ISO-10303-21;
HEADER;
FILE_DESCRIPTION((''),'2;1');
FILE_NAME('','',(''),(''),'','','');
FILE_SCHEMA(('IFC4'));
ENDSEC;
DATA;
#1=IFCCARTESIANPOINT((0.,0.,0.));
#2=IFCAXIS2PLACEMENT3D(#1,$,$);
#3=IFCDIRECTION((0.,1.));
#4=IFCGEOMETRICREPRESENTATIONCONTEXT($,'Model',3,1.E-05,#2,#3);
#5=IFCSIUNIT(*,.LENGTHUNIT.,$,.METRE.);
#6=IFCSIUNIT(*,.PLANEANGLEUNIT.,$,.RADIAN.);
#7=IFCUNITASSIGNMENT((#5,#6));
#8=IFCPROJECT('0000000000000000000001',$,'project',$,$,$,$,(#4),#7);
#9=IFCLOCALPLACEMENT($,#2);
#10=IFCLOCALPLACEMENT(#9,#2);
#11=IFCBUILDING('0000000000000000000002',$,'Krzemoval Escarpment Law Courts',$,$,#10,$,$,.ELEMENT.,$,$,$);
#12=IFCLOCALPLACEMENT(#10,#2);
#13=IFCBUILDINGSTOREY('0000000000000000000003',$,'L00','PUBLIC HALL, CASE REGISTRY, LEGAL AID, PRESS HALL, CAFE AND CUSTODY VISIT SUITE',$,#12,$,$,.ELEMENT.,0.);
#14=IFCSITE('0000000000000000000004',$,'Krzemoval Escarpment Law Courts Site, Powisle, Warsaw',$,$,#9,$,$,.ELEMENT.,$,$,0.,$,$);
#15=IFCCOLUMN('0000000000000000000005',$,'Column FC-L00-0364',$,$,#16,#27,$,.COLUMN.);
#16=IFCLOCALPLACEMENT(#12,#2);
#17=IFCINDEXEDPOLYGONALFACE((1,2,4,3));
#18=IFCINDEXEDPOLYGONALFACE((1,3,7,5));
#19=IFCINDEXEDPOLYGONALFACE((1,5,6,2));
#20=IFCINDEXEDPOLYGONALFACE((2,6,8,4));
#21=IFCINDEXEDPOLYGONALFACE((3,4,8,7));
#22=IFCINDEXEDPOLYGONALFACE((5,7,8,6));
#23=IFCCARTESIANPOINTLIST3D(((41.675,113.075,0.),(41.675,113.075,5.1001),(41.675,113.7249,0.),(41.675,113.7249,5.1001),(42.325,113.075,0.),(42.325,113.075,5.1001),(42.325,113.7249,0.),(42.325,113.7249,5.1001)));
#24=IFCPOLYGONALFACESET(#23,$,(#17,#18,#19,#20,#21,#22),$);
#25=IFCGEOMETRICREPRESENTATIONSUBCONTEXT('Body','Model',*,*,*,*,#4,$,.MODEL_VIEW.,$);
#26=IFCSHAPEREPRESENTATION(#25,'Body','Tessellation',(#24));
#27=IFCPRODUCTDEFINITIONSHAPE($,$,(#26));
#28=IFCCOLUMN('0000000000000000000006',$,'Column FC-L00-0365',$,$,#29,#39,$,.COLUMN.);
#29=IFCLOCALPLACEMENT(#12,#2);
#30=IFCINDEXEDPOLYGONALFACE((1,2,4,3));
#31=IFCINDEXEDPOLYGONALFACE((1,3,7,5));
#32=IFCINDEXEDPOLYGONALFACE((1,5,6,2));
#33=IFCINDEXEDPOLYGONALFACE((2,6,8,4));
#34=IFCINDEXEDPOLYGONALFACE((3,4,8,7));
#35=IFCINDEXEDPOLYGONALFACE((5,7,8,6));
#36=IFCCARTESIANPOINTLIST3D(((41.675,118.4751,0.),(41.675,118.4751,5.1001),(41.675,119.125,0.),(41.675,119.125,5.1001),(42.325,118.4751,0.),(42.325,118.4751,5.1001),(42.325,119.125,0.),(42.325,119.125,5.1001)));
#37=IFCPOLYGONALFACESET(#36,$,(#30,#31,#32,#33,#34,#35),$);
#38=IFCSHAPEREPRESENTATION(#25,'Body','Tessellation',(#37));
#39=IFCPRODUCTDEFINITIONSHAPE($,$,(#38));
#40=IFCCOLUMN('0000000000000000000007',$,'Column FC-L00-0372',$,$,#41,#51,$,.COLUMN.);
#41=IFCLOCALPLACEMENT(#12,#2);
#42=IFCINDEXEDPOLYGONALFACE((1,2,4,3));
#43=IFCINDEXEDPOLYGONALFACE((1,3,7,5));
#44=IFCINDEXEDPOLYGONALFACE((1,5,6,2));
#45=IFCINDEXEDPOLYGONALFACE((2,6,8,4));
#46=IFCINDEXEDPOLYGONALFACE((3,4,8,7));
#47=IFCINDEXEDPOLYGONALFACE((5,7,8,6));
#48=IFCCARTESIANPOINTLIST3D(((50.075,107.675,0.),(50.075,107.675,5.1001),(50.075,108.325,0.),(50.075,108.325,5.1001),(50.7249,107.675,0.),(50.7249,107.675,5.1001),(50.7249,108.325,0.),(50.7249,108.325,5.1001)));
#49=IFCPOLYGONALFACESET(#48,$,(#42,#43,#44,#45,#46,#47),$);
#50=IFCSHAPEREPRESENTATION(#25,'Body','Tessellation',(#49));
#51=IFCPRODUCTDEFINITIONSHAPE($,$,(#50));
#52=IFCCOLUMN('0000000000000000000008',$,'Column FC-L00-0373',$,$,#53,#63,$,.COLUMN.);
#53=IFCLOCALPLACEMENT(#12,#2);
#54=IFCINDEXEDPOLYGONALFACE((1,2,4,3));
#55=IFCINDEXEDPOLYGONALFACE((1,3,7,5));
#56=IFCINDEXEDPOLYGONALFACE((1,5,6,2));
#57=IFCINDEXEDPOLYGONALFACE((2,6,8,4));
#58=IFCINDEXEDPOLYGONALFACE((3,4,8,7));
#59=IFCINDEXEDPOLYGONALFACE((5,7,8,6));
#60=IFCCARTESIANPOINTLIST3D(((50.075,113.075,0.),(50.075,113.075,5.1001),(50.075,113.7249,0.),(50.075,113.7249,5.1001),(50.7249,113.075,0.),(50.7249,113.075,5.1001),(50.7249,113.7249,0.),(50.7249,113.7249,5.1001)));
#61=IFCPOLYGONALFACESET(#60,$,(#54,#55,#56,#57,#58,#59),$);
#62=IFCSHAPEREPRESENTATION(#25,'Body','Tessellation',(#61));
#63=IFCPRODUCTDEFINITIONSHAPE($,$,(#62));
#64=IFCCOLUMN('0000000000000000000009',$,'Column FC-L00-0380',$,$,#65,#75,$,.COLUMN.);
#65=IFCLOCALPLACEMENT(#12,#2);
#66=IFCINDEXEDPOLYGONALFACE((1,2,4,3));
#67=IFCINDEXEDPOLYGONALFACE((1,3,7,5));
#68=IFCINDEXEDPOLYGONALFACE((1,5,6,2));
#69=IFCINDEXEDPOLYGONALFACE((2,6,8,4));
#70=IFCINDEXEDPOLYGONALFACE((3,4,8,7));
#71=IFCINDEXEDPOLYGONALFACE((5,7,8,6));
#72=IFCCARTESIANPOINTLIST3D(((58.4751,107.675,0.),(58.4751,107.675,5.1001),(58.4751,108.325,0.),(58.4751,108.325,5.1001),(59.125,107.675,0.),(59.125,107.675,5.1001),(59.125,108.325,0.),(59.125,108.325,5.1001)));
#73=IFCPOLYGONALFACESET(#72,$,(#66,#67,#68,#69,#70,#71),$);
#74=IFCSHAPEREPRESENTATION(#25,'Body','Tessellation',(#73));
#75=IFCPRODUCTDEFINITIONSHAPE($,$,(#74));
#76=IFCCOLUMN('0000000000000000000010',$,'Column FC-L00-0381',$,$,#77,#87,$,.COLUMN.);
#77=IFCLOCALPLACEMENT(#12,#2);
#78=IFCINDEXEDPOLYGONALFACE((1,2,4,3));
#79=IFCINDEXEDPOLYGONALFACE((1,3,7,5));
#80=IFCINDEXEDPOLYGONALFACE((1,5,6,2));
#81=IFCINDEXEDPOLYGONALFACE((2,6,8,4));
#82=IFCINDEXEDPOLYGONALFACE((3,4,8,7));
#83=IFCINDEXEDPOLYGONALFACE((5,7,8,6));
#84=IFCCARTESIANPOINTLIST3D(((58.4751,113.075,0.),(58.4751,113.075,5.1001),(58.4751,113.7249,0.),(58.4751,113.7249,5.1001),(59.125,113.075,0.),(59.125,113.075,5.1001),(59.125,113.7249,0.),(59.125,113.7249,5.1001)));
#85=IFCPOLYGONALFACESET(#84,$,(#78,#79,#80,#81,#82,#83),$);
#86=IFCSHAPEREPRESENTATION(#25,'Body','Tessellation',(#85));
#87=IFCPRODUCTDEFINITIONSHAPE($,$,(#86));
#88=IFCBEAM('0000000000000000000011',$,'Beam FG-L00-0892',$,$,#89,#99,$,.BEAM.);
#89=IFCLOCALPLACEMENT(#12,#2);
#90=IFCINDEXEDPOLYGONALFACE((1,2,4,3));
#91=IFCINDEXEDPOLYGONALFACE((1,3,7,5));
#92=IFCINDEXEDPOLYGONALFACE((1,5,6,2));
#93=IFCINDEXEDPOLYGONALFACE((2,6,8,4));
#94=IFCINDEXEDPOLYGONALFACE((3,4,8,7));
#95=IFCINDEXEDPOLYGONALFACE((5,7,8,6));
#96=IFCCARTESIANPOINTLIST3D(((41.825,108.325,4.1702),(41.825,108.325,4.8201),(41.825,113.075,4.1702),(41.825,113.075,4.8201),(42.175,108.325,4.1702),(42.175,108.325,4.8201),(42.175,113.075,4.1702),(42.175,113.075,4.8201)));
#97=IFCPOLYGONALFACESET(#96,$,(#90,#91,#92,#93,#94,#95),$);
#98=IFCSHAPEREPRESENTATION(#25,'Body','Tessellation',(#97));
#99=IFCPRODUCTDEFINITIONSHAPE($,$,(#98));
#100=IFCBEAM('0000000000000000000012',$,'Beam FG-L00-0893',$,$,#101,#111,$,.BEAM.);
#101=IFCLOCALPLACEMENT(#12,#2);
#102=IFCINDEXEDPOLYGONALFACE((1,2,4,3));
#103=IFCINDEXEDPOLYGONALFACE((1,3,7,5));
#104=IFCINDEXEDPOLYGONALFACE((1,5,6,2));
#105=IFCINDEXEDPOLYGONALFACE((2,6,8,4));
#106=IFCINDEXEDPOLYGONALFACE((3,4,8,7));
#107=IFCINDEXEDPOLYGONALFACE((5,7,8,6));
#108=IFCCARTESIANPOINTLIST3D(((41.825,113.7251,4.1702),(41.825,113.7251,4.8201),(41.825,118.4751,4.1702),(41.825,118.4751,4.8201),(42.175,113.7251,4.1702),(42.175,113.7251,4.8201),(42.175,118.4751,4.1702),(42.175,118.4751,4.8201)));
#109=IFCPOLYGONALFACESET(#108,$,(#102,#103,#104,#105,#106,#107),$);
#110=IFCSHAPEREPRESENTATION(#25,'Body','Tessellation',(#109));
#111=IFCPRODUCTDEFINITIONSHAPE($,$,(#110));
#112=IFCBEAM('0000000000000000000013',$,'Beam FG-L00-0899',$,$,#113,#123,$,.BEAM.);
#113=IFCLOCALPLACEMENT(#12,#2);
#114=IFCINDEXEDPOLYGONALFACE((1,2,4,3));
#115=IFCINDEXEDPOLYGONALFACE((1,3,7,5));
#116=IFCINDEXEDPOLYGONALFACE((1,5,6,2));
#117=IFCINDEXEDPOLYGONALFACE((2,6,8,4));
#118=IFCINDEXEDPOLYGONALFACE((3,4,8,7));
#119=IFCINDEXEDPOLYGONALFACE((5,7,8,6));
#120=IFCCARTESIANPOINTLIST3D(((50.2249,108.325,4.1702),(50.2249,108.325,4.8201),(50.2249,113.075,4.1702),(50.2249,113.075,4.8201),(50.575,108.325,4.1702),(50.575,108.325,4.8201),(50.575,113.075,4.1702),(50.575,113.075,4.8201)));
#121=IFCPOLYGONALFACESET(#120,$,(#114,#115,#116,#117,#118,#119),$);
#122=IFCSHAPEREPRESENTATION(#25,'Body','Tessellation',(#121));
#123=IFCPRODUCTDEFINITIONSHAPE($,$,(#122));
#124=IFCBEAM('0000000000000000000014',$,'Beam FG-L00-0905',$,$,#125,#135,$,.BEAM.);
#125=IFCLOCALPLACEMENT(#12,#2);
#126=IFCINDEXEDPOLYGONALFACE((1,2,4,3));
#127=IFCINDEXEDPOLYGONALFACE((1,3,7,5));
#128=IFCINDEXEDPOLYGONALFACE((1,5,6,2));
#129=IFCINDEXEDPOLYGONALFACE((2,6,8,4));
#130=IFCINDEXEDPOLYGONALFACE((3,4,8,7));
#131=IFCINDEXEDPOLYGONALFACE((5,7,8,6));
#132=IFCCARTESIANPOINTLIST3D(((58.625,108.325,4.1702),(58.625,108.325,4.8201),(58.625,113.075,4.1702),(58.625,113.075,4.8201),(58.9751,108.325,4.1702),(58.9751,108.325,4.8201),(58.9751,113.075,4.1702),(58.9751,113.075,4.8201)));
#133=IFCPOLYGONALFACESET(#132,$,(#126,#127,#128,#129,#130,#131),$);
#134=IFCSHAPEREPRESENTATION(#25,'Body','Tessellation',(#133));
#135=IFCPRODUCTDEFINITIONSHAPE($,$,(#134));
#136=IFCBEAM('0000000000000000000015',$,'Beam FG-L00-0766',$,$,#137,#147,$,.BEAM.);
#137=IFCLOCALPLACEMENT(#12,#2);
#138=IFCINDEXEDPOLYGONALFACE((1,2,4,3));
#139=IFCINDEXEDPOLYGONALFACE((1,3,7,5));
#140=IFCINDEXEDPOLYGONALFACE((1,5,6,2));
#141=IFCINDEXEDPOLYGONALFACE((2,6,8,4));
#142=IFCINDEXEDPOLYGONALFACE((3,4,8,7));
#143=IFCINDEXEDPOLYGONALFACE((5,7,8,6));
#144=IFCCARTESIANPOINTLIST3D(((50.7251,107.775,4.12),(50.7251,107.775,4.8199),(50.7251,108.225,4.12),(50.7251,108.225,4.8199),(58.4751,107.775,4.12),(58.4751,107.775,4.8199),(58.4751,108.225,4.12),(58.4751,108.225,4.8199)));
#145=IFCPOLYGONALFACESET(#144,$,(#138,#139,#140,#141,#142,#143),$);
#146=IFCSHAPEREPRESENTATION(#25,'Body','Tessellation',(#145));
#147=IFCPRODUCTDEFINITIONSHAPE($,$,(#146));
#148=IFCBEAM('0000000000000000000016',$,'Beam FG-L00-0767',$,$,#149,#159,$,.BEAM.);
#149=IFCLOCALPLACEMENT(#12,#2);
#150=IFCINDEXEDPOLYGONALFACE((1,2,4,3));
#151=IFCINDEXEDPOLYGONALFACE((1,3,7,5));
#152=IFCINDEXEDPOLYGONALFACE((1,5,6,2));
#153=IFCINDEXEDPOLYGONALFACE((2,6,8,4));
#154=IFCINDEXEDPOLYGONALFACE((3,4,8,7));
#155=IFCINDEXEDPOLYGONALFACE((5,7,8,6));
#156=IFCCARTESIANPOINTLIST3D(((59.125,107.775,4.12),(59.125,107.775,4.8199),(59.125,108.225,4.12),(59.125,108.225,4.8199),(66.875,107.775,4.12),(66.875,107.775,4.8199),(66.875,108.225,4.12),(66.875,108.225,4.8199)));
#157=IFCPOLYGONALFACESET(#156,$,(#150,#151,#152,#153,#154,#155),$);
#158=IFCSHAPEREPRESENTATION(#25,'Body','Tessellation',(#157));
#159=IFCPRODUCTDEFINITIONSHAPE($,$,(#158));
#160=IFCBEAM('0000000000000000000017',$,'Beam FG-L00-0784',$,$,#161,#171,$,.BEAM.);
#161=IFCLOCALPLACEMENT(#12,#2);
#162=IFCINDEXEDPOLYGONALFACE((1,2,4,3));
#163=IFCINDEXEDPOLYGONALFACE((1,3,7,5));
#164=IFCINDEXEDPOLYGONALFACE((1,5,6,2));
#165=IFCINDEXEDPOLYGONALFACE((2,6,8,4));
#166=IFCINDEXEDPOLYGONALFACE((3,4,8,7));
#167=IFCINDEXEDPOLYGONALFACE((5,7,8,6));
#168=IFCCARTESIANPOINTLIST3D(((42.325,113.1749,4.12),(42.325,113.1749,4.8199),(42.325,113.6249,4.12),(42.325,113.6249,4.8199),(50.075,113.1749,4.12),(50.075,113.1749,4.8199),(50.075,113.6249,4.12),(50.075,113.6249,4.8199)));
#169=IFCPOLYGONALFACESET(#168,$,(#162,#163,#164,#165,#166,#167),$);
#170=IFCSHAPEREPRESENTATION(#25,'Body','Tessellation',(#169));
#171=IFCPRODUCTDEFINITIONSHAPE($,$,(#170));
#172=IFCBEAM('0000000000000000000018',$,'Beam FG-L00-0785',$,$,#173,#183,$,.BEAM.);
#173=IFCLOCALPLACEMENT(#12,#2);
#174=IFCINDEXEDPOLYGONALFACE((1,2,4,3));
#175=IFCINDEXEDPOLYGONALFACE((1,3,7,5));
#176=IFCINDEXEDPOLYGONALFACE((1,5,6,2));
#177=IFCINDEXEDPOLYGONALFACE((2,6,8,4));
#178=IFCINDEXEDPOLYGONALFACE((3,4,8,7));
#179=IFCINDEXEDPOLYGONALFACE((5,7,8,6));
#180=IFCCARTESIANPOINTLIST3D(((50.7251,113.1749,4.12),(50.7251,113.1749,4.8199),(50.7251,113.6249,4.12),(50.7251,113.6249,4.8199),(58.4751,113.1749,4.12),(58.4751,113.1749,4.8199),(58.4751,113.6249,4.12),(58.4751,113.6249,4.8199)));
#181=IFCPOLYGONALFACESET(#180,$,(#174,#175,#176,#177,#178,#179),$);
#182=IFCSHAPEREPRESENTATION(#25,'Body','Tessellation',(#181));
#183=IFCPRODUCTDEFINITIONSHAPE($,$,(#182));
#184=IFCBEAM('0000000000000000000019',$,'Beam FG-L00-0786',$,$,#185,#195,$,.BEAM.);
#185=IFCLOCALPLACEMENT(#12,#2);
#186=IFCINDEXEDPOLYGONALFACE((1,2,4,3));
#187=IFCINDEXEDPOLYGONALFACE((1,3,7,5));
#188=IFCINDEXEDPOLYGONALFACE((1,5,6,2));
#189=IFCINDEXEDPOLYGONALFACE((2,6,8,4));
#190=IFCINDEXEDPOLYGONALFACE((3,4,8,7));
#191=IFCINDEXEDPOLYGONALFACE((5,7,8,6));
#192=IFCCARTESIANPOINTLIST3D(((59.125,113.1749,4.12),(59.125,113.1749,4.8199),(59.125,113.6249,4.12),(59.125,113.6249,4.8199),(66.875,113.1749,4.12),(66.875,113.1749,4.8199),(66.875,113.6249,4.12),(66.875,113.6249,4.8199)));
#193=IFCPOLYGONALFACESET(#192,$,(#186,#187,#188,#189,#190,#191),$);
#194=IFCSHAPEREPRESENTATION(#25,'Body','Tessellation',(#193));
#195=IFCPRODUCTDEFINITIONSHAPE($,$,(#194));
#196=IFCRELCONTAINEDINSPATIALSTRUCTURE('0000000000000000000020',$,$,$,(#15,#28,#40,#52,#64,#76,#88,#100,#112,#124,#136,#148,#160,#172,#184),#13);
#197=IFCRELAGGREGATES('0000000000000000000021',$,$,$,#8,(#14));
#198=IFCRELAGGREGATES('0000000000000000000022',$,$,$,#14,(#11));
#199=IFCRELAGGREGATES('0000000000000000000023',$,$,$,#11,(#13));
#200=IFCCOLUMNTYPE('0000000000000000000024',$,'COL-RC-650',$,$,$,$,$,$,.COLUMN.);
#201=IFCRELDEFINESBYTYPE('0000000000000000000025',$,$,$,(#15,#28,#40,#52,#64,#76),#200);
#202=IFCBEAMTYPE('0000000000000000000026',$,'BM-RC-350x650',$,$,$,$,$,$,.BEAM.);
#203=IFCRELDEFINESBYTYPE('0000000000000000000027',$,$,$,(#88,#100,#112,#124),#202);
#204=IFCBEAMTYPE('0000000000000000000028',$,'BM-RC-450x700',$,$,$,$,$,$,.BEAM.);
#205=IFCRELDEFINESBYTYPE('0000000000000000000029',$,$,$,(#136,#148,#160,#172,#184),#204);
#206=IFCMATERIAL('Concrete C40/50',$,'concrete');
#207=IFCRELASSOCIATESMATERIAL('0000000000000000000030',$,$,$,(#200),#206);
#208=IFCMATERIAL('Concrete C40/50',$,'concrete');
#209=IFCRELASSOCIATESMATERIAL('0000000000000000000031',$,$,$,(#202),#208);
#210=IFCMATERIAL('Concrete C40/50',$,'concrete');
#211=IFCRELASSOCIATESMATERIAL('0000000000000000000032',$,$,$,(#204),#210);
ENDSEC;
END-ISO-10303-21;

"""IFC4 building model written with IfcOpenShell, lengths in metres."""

from ifc_helpers import new_model, si_unit, direction, frame, origin, origin_2d, place, context, subcontext, project, spatial, rectangle, extrude, material, material_profile, profile_set, type_object, element, save


model = new_model("IFC4")

# Units and contexts
model_context = context("Model", 3, precision=1e-05, world=origin(), true_north=direction((0.0, 1.0)))
body_context = subcontext(model_context, "Body", "Model", "MODEL_VIEW")
ifc_project = project(units=[si_unit("LENGTHUNIT", "METRE"), si_unit("PLANEANGLEUNIT", "RADIAN")], contexts=[model_context])

# Site, building, storey
site_placement = place(None, origin())
site = spatial("IfcSite", under=ifc_project, at=site_placement, Name="Krzemoval Escarpment Law Courts Site, Powisle, Warsaw", CompositionType="ELEMENT", RefElevation=0.0)
building_placement = place(site_placement, origin())
building = spatial("IfcBuilding", under=site, at=building_placement, Name="Krzemoval Escarpment Law Courts", CompositionType="ELEMENT")
storey_placement = place(building_placement, origin())
storey = spatial("IfcBuildingStorey", under=building, at=storey_placement, Name="L00", Description="PUBLIC HALL, CASE REGISTRY, LEGAL AID, PRESS HALL, CAFE AND CUSTODY VISIT SUITE", CompositionType="ELEMENT", Elevation=0.0)

# Columns
ifc_material_1 = material(Name="Concrete C40/50", Category="concrete")
ifc_material_profile_1 = material_profile(ifc_material_1, rectangle(XDim=0.6499, YDim=0.6499, at=origin_2d()), Name="RC 650x650")
ifc_profile_set_1 = profile_set([ifc_material_profile_1], Name="Concrete C40/50")
column_type = type_object("IfcColumnType", Name="COL-RC-650", PredefinedType="COLUMN", material=ifc_profile_set_1)
for number, where, z_axis, x_axis, name in (
    (1, (42.0, 113.3999, 0.0), (0.0, 0.0, 1.0), (1.0, 0.0, 0.0), "Column FC-L00-0364"),
    (2, (42.0, 118.8, 0.0), (0.0, 0.0, 1.0), (1.0, 0.0, 0.0), "Column FC-L00-0365"),
    (3, (50.3999, 108.0, 0.0), (0.0, 0.0, 1.0), (1.0, 0.0, 0.0), "Column FC-L00-0372"),
    (4, (50.3999, 113.3999, 0.0), (0.0, 0.0, 1.0), (1.0, 0.0, 0.0), "Column FC-L00-0373"),
    (5, (58.8, 108.0, 0.0), (0.0, 0.0, 1.0), (1.0, 0.0, 0.0), "Column FC-L00-0380"),
    (6, (58.8, 113.3999, 0.0), (0.0, 0.0, 1.0), (1.0, 0.0, 0.0), "Column FC-L00-0381"),
):
    element("IfcColumn", number, at=place(storey_placement, frame(where, z_axis=z_axis, x_axis=x_axis)), inside=storey, type_object=column_type, Name=name, PredefinedType="COLUMN", context=body_context, shape_type="SweptSolid", body=[
        extrude(rectangle(XDim=0.6499, YDim=0.6499, at=origin_2d()), origin(), (0.0, 0.0, 1.0), 5.1001),
    ])

# Beams
ifc_material_2 = material(Name="Concrete C40/50", Category="concrete")
ifc_material_profile_2 = material_profile(ifc_material_2, rectangle(XDim=0.3501, YDim=0.6499, at=origin_2d()), Name="RCB 350x650")
ifc_profile_set_2 = profile_set([ifc_material_profile_2], Name="Concrete C40/50")
beam_type_1 = type_object("IfcBeamType", Name="BM-RC-350x650", PredefinedType="BEAM", material=ifc_profile_set_2)
for number, where, z_axis, x_axis, name in (
    (7, (42.0, 108.325, 4.4951), (0.0, 1.0, 0.0), (-1.0, 0.0, 0.0), "Beam FG-L00-0892"),
    (8, (42.0, 113.7251, 4.4951), (0.0, 1.0, 0.0), (-1.0, 0.0, 0.0), "Beam FG-L00-0893"),
    (9, (50.3999, 108.325, 4.4951), (0.0, 1.0, 0.0), (-1.0, 0.0, 0.0), "Beam FG-L00-0899"),
    (10, (58.8, 108.325, 4.4951), (0.0, 1.0, 0.0), (-1.0, 0.0, 0.0), "Beam FG-L00-0905"),
):
    element("IfcBeam", number, at=place(storey_placement, frame(where, z_axis=z_axis, x_axis=x_axis)), inside=storey, type_object=beam_type_1, Name=name, PredefinedType="BEAM", context=body_context, shape_type="SweptSolid", body=[
        extrude(rectangle(XDim=0.3501, YDim=0.6499, at=origin_2d()), origin(), (0.0, 0.0, 1.0), 4.75),
    ])
ifc_material_3 = material(Name="Concrete C40/50", Category="concrete")
ifc_material_profile_3 = material_profile(ifc_material_3, rectangle(XDim=0.45, YDim=0.7, at=origin_2d()), Name="RCB 450x700")
ifc_profile_set_3 = profile_set([ifc_material_profile_3], Name="Concrete C40/50")
beam_type_2 = type_object("IfcBeamType", Name="BM-RC-450x700", PredefinedType="BEAM", material=ifc_profile_set_3)
for number, where, z_axis, x_axis, name in (
    (11, (50.7251, 108.0, 4.47), (1.0, 0.0, 0.0), (0.0, 1.0, 0.0), "Beam FG-L00-0766"),
    (12, (59.125, 108.0, 4.47), (1.0, 0.0, 0.0), (0.0, 1.0, 0.0), "Beam FG-L00-0767"),
    (13, (42.325, 113.3999, 4.47), (1.0, 0.0, 0.0), (0.0, 1.0, 0.0), "Beam FG-L00-0784"),
    (14, (50.7251, 113.3999, 4.47), (1.0, 0.0, 0.0), (0.0, 1.0, 0.0), "Beam FG-L00-0785"),
    (15, (59.125, 113.3999, 4.47), (1.0, 0.0, 0.0), (0.0, 1.0, 0.0), "Beam FG-L00-0786"),
):
    element("IfcBeam", number, at=place(storey_placement, frame(where, z_axis=z_axis, x_axis=x_axis)), inside=storey, type_object=beam_type_2, Name=name, PredefinedType="BEAM", context=body_context, shape_type="SweptSolid", body=[
        extrude(rectangle(XDim=0.45, YDim=0.7, at=origin_2d()), origin(), (0.0, 0.0, 1.0), 7.75),
    ])

save(model, "model.ifc")
